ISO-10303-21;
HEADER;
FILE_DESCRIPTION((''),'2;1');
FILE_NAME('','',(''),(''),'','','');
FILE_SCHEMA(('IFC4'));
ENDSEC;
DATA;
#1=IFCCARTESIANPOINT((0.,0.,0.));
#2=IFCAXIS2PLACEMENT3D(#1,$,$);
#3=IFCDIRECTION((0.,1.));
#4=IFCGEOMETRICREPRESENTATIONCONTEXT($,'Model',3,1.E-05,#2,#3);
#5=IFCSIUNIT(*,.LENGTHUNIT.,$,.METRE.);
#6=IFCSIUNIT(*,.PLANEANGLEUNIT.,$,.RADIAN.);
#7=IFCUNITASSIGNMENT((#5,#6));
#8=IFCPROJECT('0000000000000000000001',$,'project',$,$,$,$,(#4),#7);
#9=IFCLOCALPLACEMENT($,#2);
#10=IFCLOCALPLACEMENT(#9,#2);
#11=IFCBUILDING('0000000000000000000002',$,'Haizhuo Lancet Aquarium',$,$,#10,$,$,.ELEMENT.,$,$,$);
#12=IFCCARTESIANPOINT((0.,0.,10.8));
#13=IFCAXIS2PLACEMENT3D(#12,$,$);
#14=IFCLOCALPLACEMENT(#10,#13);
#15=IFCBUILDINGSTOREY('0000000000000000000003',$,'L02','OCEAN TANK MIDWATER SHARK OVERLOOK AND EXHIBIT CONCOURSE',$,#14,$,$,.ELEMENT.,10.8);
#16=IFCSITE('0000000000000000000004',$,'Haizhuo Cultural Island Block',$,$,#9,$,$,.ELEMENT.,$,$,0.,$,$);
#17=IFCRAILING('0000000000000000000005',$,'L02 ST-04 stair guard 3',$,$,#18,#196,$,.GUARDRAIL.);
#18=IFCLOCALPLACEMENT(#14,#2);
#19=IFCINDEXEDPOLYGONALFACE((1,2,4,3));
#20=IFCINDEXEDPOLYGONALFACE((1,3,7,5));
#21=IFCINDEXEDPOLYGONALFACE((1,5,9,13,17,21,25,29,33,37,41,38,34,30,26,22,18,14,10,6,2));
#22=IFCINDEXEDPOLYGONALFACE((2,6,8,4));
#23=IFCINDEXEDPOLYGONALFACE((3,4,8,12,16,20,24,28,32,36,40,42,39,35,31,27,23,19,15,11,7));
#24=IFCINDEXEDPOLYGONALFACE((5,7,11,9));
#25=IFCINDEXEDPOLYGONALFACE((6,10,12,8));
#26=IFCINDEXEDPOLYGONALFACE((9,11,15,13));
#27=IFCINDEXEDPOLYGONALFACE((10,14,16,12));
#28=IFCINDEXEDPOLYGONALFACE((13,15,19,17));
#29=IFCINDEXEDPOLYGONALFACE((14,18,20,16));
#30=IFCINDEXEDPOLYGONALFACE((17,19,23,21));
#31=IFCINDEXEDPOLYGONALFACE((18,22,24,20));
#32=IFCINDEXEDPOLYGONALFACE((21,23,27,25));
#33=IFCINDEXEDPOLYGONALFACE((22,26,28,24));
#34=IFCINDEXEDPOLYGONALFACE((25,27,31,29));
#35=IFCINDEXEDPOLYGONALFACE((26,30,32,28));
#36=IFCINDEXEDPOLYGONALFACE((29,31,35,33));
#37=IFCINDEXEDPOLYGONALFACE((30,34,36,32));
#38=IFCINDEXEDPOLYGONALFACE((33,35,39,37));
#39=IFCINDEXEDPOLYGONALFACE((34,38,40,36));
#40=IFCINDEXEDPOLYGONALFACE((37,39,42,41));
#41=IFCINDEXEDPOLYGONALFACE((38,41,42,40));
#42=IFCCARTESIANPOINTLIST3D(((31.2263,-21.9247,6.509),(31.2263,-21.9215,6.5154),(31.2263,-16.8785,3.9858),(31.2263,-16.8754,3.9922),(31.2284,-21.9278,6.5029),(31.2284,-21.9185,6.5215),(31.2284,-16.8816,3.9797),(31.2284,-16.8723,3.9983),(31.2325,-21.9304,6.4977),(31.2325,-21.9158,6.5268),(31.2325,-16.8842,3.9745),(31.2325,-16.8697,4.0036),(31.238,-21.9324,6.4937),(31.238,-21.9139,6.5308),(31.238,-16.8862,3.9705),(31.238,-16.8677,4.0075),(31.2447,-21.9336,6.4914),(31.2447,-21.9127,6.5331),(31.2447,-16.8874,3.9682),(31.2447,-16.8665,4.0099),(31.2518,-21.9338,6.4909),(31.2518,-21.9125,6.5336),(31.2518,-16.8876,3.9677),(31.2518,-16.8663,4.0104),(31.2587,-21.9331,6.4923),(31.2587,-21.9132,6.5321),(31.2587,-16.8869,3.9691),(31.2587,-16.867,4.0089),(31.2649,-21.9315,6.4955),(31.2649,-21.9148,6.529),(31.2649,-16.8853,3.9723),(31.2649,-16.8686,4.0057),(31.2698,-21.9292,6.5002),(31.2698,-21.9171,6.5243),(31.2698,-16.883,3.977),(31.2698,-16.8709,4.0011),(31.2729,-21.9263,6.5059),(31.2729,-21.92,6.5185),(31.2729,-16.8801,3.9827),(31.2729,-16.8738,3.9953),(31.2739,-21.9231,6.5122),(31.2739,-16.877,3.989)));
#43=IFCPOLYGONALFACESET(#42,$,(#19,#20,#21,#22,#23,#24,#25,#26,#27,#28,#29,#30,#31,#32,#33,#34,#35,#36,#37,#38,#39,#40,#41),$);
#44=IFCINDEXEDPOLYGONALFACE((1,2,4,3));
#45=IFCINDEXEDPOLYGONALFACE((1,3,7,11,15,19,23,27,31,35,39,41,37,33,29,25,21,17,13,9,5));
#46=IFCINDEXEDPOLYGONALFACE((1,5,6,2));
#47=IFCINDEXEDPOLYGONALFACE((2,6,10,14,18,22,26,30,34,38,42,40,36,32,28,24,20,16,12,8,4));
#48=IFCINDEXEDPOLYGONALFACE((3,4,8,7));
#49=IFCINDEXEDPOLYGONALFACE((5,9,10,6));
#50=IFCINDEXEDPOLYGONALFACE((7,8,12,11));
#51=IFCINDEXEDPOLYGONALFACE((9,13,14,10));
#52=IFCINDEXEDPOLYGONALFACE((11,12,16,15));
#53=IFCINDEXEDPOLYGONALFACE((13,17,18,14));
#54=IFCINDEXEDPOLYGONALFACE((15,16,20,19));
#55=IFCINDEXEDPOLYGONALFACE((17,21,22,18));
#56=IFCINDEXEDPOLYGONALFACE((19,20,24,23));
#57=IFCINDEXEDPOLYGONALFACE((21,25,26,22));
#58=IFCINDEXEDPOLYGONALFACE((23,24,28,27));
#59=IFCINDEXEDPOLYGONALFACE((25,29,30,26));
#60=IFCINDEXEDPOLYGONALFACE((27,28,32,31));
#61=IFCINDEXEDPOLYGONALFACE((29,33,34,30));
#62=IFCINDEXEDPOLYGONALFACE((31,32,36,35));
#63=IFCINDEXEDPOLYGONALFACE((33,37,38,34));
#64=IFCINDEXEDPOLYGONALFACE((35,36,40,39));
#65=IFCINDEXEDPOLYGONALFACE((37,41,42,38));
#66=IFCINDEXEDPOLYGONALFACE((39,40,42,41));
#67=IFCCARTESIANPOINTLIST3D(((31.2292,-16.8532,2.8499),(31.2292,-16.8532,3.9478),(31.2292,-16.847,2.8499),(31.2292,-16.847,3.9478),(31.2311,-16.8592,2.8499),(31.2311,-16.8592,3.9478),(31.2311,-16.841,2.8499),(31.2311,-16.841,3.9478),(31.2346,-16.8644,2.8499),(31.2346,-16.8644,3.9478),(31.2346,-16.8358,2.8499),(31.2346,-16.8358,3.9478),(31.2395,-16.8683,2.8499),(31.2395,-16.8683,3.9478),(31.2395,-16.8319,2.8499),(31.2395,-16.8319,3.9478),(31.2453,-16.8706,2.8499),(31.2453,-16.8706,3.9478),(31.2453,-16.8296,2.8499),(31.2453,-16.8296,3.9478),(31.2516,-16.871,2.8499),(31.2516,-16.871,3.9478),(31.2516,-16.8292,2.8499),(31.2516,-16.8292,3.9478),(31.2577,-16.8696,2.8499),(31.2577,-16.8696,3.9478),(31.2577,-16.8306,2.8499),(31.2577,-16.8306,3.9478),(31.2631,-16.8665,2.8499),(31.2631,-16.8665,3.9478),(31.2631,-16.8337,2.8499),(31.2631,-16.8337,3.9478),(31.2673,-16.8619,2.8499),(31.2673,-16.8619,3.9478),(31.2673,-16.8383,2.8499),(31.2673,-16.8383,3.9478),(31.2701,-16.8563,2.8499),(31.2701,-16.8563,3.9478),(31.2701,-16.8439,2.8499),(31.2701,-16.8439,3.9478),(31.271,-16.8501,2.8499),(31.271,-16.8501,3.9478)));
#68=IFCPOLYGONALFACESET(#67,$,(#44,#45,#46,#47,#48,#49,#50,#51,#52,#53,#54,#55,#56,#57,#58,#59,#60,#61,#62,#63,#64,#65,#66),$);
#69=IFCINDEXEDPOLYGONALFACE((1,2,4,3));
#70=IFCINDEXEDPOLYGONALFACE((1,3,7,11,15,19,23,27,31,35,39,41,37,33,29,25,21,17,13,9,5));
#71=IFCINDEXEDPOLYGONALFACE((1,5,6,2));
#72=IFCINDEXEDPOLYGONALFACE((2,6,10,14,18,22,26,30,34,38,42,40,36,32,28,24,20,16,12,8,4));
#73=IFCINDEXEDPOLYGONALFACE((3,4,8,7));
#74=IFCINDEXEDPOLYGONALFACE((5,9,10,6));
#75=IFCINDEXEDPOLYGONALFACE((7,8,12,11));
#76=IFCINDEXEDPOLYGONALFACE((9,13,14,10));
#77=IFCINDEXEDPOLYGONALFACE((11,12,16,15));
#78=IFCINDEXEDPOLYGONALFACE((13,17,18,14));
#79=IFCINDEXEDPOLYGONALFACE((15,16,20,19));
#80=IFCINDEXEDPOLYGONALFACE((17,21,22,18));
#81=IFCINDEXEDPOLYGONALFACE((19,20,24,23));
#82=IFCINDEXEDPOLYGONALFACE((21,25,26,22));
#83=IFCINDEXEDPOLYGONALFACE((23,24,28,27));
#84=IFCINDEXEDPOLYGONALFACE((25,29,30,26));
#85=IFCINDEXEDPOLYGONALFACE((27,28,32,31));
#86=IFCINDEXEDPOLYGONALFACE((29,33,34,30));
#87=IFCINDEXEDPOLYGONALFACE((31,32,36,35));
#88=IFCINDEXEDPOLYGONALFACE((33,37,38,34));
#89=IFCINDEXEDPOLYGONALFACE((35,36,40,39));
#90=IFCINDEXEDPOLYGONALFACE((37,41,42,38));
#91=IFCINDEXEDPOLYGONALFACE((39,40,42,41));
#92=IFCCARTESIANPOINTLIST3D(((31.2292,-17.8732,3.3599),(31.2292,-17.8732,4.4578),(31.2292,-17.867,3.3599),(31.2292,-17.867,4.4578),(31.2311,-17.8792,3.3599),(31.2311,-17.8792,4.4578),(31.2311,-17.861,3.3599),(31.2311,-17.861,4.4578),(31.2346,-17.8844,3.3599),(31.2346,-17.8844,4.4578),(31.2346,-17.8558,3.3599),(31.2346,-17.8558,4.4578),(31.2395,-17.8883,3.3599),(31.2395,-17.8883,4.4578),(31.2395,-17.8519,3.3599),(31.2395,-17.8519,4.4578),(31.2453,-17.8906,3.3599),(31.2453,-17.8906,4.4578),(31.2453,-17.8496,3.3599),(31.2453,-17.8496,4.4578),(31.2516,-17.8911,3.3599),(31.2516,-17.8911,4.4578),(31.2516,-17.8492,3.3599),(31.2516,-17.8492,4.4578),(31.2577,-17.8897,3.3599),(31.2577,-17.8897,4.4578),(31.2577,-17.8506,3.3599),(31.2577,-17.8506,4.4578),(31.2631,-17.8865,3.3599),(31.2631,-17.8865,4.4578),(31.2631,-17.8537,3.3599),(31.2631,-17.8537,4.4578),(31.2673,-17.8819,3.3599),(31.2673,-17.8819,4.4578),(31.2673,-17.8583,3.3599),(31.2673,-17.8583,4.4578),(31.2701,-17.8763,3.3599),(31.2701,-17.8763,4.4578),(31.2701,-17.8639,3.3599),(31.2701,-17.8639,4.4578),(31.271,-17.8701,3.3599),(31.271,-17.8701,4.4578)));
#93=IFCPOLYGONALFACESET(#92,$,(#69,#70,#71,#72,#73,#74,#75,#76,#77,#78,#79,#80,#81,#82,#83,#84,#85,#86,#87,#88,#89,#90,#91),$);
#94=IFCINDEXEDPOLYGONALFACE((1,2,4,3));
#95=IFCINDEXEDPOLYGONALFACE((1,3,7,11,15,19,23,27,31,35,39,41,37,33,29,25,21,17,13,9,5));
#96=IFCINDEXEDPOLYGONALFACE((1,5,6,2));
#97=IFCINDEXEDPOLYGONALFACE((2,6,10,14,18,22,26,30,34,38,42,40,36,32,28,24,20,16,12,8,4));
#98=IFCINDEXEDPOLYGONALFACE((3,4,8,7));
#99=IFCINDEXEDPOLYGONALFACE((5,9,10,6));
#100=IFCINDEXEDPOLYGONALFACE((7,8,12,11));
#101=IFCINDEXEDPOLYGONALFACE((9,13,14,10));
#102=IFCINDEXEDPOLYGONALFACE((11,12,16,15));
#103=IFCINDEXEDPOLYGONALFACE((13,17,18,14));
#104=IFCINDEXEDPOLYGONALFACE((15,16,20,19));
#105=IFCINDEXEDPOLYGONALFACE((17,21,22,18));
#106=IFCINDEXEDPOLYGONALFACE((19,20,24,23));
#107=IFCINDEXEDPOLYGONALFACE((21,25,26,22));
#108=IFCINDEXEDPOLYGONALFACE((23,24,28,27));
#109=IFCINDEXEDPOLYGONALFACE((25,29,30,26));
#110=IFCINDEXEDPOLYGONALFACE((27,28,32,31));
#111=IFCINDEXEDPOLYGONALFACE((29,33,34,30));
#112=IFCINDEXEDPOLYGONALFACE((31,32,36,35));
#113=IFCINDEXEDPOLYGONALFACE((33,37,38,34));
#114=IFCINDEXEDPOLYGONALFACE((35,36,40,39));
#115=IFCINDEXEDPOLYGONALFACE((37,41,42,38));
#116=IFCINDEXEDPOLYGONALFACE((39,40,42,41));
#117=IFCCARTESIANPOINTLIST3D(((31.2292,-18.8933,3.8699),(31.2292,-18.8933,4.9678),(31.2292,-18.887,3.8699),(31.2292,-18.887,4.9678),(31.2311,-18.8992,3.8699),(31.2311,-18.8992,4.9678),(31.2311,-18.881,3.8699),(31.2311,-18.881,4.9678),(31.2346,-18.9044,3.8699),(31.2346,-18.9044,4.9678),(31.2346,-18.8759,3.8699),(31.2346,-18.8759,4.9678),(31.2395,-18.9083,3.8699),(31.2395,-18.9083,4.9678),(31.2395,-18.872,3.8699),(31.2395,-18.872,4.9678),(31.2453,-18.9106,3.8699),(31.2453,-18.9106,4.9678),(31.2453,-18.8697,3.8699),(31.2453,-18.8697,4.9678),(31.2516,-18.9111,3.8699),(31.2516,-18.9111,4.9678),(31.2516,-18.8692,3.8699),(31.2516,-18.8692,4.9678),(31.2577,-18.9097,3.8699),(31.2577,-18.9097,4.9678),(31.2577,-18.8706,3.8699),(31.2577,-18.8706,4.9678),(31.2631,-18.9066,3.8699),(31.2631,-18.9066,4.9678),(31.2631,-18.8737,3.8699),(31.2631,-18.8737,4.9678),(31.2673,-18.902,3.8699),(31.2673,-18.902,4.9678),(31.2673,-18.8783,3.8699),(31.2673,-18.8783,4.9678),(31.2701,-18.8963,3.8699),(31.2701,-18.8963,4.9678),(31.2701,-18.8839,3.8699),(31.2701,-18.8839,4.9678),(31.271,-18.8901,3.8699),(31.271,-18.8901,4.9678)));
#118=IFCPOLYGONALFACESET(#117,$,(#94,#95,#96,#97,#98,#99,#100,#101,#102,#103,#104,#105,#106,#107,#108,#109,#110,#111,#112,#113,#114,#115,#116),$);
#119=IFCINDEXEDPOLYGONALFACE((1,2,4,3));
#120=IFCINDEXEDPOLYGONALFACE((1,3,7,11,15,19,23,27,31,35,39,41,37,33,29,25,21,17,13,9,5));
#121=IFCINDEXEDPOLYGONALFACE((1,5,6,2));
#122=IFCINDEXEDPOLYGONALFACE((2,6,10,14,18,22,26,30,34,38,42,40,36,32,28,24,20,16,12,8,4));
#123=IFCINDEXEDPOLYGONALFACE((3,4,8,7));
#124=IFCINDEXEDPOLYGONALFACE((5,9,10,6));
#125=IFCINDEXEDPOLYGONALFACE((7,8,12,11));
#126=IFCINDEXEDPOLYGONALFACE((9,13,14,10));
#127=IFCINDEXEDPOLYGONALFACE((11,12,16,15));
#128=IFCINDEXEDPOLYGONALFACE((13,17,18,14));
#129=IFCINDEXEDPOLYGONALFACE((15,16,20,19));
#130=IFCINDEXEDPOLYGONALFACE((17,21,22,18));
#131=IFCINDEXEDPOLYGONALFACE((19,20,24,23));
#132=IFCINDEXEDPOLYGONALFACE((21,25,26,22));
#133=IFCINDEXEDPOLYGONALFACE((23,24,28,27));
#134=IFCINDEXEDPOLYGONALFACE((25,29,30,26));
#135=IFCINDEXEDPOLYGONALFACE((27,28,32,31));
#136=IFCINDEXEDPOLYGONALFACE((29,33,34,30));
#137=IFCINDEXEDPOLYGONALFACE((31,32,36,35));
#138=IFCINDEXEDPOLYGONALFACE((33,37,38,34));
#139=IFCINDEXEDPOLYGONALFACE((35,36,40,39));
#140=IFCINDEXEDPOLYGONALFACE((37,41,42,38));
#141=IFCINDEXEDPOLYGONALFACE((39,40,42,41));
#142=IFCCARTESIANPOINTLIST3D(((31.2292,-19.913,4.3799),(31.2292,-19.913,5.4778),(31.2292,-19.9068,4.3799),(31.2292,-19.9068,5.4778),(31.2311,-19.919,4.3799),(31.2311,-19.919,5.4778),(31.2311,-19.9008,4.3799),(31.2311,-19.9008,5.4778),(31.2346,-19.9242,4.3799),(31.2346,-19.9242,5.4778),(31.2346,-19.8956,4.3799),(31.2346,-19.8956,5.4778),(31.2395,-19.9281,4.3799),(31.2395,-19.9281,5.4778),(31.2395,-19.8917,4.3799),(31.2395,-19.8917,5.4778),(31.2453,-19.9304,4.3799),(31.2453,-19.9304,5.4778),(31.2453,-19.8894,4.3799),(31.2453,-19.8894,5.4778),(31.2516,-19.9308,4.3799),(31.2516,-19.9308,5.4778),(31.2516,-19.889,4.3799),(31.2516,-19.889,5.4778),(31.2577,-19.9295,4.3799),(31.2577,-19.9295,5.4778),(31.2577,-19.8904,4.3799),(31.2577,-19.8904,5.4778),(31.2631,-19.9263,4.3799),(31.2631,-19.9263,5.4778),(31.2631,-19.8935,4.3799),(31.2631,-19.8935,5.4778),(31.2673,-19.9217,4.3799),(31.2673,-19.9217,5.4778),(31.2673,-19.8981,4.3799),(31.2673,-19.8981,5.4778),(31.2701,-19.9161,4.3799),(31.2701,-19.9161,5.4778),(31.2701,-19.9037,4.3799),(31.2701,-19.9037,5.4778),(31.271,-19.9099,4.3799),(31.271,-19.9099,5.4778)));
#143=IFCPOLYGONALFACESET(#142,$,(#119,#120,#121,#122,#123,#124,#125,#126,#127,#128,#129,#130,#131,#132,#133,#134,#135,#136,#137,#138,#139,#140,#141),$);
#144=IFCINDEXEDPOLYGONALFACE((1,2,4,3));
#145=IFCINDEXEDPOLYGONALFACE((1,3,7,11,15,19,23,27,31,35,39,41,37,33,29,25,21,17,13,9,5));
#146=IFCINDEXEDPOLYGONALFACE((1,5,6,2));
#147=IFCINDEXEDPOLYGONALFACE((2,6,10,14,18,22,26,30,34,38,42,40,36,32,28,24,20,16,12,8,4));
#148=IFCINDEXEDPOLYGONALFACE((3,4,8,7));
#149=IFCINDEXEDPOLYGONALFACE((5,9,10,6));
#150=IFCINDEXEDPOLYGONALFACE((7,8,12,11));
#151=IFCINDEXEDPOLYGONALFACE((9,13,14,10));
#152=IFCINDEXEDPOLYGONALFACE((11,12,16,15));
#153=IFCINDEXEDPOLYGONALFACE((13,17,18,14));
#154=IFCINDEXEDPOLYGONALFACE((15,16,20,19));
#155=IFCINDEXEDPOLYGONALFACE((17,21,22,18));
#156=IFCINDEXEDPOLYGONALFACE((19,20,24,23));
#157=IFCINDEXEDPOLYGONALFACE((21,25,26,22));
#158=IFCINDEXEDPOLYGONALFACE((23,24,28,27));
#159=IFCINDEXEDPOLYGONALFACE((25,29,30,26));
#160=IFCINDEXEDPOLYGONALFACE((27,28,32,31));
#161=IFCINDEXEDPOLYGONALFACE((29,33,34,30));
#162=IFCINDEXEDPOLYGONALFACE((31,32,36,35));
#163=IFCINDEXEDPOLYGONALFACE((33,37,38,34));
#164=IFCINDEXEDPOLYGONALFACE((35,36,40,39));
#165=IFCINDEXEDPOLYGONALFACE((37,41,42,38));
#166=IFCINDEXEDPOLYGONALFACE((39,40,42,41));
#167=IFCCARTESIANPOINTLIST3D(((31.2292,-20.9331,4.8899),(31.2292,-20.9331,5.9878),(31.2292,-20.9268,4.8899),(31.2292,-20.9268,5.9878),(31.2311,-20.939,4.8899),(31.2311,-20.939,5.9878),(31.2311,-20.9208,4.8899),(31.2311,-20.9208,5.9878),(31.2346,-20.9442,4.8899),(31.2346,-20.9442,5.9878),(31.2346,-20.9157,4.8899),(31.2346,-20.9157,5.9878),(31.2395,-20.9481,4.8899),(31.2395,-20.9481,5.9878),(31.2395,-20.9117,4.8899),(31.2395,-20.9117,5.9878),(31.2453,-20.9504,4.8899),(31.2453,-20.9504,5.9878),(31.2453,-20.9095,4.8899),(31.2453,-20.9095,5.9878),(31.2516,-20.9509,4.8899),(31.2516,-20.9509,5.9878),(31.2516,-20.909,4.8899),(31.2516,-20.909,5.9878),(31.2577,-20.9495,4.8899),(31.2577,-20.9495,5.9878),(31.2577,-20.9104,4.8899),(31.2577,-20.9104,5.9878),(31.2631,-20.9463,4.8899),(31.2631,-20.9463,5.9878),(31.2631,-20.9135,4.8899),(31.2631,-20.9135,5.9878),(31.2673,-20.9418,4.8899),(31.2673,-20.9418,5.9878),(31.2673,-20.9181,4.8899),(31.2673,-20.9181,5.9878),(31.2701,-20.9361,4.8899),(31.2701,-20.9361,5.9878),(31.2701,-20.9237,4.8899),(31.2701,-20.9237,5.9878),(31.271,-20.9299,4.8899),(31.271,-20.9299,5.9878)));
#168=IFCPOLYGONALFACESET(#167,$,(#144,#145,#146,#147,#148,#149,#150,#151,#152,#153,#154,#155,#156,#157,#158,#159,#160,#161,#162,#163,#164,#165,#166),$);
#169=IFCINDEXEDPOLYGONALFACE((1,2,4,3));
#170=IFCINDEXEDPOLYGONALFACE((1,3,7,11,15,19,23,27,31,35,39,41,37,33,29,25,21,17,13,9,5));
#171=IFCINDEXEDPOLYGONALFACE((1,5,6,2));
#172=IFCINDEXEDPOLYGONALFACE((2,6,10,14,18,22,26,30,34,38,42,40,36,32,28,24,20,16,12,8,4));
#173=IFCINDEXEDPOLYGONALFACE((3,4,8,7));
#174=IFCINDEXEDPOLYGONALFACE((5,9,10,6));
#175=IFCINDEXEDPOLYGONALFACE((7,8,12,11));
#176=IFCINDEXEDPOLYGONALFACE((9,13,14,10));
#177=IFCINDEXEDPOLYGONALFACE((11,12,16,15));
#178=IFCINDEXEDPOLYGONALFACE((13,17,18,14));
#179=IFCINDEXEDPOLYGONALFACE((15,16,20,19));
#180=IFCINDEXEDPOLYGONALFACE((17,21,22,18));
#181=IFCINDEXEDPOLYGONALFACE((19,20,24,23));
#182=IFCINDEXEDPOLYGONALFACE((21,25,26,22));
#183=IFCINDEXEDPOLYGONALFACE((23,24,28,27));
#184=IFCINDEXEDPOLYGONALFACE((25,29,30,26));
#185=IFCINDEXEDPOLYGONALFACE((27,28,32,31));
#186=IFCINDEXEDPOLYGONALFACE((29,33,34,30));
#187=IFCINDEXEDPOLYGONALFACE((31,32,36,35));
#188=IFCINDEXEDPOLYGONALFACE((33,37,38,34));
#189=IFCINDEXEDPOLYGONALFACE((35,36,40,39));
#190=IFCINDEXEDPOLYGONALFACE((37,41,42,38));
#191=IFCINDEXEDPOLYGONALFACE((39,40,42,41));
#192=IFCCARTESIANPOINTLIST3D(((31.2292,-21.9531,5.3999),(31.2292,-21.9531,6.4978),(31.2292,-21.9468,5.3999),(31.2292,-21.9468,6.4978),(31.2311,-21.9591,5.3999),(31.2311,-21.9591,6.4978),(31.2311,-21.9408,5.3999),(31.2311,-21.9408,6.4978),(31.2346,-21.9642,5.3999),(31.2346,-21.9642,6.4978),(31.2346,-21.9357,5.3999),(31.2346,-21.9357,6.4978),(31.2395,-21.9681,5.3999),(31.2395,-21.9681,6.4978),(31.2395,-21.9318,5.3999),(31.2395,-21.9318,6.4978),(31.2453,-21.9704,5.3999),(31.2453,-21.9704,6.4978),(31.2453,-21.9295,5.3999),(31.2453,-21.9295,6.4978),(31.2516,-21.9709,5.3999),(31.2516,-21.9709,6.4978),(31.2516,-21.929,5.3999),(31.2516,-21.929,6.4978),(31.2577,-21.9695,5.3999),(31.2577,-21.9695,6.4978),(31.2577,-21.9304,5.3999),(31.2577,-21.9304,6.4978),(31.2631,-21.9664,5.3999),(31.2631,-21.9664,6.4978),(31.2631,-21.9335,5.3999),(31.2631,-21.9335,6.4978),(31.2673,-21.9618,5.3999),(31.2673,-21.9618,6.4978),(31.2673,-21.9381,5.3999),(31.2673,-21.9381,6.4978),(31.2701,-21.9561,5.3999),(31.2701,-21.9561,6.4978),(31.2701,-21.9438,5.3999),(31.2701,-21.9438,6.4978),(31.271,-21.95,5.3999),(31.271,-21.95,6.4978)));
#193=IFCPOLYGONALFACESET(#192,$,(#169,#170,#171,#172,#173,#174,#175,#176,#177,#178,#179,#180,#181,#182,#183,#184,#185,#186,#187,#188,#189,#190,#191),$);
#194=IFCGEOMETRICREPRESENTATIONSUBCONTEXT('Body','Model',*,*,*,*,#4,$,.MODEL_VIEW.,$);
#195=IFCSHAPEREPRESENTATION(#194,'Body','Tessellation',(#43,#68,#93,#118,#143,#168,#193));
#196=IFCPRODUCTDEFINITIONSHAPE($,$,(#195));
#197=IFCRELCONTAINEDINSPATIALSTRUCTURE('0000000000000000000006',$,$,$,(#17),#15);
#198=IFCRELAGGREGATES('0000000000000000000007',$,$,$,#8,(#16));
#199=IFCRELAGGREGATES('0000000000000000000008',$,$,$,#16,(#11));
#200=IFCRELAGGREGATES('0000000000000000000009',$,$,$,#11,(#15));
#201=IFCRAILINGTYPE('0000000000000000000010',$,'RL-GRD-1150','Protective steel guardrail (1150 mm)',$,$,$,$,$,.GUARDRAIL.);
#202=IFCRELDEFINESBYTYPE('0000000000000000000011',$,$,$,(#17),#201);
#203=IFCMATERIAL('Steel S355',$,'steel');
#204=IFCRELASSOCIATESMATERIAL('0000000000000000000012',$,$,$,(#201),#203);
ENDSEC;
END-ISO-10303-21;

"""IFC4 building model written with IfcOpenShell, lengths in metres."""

from ifc_helpers import new_model, si_unit, direction, frame, origin, origin_2d, place, context, subcontext, project, spatial, circle, extrude, material, type_object, element, save


model = new_model("IFC4")

# Units and contexts
model_context = context("Model", 3, precision=1e-05, world=origin(), true_north=direction((0.0, 1.0)))
body_context = subcontext(model_context, "Body", "Model", "MODEL_VIEW")
ifc_project = project(units=[si_unit("LENGTHUNIT", "METRE"), si_unit("PLANEANGLEUNIT", "RADIAN")], contexts=[model_context])

# Site, building, storey
site_placement = place(None, origin())
site = spatial("IfcSite", under=ifc_project, at=site_placement, Name="Haizhuo Cultural Island Block", CompositionType="ELEMENT", RefElevation=0.0)
building_placement = place(site_placement, origin())
building = spatial("IfcBuilding", under=site, at=building_placement, Name="Haizhuo Lancet Aquarium", CompositionType="ELEMENT")
storey_placement = place(building_placement, frame((0.0, 0.0, 10.8)))
storey = spatial("IfcBuildingStorey", under=building, at=storey_placement, Name="L02", Description="OCEAN TANK MIDWATER SHARK OVERLOOK AND EXHIBIT CONCOURSE", CompositionType="ELEMENT", Elevation=10.8)

# Shared definitions
ifc_material_1 = material(Name="Steel S355", Category="steel")

# Railing
railing_type_1 = type_object("IfcRailingType", Name="RL-GRD-1150", Description="Protective steel guardrail (1150 mm)", PredefinedType="GUARDRAIL", material=ifc_material_1)
railing_1_placement = place(storey_placement, frame((31.25, -16.8501, 2.8499)))
element("IfcRailing", 1, at=railing_1_placement, inside=storey, type_object=railing_type_1, Name="L02 ST-04 stair guard 3", PredefinedType="GUARDRAIL", context=body_context, shape_type="SweptSolid", body=[
    extrude(circle(Radius=0.0239, at=origin_2d()), frame((0.0, -0.0269, 1.1392), z_axis=(0.0, -0.894419, 0.447231), x_axis=(1.0, 0.0, 0.0)), (0.0, 0.0, 1.0), 5.6418),
    extrude(circle(Radius=0.021, at=origin_2d()), origin(), (0.0, 0.0, 1.0), 1.0979),
    extrude(circle(Radius=0.021, at=origin_2d()), frame((0.0, -1.02, 0.51)), (0.0, 0.0, 1.0), 1.0979),
    extrude(circle(Radius=0.021, at=origin_2d()), frame((0.0, -2.04, 1.02)), (0.0, 0.0, 1.0), 1.0979),
    extrude(circle(Radius=0.021, at=origin_2d()), frame((0.0, -3.0598, 1.53)), (0.0, 0.0, 1.0), 1.0979),
    extrude(circle(Radius=0.021, at=origin_2d()), frame((0.0, -4.0798, 2.04)), (0.0, 0.0, 1.0), 1.0979),
    extrude(circle(Radius=0.021, at=origin_2d()), frame((0.0, -5.0999, 2.55)), (0.0, 0.0, 1.0), 1.0979),
])

save(model, "model.ifc")
